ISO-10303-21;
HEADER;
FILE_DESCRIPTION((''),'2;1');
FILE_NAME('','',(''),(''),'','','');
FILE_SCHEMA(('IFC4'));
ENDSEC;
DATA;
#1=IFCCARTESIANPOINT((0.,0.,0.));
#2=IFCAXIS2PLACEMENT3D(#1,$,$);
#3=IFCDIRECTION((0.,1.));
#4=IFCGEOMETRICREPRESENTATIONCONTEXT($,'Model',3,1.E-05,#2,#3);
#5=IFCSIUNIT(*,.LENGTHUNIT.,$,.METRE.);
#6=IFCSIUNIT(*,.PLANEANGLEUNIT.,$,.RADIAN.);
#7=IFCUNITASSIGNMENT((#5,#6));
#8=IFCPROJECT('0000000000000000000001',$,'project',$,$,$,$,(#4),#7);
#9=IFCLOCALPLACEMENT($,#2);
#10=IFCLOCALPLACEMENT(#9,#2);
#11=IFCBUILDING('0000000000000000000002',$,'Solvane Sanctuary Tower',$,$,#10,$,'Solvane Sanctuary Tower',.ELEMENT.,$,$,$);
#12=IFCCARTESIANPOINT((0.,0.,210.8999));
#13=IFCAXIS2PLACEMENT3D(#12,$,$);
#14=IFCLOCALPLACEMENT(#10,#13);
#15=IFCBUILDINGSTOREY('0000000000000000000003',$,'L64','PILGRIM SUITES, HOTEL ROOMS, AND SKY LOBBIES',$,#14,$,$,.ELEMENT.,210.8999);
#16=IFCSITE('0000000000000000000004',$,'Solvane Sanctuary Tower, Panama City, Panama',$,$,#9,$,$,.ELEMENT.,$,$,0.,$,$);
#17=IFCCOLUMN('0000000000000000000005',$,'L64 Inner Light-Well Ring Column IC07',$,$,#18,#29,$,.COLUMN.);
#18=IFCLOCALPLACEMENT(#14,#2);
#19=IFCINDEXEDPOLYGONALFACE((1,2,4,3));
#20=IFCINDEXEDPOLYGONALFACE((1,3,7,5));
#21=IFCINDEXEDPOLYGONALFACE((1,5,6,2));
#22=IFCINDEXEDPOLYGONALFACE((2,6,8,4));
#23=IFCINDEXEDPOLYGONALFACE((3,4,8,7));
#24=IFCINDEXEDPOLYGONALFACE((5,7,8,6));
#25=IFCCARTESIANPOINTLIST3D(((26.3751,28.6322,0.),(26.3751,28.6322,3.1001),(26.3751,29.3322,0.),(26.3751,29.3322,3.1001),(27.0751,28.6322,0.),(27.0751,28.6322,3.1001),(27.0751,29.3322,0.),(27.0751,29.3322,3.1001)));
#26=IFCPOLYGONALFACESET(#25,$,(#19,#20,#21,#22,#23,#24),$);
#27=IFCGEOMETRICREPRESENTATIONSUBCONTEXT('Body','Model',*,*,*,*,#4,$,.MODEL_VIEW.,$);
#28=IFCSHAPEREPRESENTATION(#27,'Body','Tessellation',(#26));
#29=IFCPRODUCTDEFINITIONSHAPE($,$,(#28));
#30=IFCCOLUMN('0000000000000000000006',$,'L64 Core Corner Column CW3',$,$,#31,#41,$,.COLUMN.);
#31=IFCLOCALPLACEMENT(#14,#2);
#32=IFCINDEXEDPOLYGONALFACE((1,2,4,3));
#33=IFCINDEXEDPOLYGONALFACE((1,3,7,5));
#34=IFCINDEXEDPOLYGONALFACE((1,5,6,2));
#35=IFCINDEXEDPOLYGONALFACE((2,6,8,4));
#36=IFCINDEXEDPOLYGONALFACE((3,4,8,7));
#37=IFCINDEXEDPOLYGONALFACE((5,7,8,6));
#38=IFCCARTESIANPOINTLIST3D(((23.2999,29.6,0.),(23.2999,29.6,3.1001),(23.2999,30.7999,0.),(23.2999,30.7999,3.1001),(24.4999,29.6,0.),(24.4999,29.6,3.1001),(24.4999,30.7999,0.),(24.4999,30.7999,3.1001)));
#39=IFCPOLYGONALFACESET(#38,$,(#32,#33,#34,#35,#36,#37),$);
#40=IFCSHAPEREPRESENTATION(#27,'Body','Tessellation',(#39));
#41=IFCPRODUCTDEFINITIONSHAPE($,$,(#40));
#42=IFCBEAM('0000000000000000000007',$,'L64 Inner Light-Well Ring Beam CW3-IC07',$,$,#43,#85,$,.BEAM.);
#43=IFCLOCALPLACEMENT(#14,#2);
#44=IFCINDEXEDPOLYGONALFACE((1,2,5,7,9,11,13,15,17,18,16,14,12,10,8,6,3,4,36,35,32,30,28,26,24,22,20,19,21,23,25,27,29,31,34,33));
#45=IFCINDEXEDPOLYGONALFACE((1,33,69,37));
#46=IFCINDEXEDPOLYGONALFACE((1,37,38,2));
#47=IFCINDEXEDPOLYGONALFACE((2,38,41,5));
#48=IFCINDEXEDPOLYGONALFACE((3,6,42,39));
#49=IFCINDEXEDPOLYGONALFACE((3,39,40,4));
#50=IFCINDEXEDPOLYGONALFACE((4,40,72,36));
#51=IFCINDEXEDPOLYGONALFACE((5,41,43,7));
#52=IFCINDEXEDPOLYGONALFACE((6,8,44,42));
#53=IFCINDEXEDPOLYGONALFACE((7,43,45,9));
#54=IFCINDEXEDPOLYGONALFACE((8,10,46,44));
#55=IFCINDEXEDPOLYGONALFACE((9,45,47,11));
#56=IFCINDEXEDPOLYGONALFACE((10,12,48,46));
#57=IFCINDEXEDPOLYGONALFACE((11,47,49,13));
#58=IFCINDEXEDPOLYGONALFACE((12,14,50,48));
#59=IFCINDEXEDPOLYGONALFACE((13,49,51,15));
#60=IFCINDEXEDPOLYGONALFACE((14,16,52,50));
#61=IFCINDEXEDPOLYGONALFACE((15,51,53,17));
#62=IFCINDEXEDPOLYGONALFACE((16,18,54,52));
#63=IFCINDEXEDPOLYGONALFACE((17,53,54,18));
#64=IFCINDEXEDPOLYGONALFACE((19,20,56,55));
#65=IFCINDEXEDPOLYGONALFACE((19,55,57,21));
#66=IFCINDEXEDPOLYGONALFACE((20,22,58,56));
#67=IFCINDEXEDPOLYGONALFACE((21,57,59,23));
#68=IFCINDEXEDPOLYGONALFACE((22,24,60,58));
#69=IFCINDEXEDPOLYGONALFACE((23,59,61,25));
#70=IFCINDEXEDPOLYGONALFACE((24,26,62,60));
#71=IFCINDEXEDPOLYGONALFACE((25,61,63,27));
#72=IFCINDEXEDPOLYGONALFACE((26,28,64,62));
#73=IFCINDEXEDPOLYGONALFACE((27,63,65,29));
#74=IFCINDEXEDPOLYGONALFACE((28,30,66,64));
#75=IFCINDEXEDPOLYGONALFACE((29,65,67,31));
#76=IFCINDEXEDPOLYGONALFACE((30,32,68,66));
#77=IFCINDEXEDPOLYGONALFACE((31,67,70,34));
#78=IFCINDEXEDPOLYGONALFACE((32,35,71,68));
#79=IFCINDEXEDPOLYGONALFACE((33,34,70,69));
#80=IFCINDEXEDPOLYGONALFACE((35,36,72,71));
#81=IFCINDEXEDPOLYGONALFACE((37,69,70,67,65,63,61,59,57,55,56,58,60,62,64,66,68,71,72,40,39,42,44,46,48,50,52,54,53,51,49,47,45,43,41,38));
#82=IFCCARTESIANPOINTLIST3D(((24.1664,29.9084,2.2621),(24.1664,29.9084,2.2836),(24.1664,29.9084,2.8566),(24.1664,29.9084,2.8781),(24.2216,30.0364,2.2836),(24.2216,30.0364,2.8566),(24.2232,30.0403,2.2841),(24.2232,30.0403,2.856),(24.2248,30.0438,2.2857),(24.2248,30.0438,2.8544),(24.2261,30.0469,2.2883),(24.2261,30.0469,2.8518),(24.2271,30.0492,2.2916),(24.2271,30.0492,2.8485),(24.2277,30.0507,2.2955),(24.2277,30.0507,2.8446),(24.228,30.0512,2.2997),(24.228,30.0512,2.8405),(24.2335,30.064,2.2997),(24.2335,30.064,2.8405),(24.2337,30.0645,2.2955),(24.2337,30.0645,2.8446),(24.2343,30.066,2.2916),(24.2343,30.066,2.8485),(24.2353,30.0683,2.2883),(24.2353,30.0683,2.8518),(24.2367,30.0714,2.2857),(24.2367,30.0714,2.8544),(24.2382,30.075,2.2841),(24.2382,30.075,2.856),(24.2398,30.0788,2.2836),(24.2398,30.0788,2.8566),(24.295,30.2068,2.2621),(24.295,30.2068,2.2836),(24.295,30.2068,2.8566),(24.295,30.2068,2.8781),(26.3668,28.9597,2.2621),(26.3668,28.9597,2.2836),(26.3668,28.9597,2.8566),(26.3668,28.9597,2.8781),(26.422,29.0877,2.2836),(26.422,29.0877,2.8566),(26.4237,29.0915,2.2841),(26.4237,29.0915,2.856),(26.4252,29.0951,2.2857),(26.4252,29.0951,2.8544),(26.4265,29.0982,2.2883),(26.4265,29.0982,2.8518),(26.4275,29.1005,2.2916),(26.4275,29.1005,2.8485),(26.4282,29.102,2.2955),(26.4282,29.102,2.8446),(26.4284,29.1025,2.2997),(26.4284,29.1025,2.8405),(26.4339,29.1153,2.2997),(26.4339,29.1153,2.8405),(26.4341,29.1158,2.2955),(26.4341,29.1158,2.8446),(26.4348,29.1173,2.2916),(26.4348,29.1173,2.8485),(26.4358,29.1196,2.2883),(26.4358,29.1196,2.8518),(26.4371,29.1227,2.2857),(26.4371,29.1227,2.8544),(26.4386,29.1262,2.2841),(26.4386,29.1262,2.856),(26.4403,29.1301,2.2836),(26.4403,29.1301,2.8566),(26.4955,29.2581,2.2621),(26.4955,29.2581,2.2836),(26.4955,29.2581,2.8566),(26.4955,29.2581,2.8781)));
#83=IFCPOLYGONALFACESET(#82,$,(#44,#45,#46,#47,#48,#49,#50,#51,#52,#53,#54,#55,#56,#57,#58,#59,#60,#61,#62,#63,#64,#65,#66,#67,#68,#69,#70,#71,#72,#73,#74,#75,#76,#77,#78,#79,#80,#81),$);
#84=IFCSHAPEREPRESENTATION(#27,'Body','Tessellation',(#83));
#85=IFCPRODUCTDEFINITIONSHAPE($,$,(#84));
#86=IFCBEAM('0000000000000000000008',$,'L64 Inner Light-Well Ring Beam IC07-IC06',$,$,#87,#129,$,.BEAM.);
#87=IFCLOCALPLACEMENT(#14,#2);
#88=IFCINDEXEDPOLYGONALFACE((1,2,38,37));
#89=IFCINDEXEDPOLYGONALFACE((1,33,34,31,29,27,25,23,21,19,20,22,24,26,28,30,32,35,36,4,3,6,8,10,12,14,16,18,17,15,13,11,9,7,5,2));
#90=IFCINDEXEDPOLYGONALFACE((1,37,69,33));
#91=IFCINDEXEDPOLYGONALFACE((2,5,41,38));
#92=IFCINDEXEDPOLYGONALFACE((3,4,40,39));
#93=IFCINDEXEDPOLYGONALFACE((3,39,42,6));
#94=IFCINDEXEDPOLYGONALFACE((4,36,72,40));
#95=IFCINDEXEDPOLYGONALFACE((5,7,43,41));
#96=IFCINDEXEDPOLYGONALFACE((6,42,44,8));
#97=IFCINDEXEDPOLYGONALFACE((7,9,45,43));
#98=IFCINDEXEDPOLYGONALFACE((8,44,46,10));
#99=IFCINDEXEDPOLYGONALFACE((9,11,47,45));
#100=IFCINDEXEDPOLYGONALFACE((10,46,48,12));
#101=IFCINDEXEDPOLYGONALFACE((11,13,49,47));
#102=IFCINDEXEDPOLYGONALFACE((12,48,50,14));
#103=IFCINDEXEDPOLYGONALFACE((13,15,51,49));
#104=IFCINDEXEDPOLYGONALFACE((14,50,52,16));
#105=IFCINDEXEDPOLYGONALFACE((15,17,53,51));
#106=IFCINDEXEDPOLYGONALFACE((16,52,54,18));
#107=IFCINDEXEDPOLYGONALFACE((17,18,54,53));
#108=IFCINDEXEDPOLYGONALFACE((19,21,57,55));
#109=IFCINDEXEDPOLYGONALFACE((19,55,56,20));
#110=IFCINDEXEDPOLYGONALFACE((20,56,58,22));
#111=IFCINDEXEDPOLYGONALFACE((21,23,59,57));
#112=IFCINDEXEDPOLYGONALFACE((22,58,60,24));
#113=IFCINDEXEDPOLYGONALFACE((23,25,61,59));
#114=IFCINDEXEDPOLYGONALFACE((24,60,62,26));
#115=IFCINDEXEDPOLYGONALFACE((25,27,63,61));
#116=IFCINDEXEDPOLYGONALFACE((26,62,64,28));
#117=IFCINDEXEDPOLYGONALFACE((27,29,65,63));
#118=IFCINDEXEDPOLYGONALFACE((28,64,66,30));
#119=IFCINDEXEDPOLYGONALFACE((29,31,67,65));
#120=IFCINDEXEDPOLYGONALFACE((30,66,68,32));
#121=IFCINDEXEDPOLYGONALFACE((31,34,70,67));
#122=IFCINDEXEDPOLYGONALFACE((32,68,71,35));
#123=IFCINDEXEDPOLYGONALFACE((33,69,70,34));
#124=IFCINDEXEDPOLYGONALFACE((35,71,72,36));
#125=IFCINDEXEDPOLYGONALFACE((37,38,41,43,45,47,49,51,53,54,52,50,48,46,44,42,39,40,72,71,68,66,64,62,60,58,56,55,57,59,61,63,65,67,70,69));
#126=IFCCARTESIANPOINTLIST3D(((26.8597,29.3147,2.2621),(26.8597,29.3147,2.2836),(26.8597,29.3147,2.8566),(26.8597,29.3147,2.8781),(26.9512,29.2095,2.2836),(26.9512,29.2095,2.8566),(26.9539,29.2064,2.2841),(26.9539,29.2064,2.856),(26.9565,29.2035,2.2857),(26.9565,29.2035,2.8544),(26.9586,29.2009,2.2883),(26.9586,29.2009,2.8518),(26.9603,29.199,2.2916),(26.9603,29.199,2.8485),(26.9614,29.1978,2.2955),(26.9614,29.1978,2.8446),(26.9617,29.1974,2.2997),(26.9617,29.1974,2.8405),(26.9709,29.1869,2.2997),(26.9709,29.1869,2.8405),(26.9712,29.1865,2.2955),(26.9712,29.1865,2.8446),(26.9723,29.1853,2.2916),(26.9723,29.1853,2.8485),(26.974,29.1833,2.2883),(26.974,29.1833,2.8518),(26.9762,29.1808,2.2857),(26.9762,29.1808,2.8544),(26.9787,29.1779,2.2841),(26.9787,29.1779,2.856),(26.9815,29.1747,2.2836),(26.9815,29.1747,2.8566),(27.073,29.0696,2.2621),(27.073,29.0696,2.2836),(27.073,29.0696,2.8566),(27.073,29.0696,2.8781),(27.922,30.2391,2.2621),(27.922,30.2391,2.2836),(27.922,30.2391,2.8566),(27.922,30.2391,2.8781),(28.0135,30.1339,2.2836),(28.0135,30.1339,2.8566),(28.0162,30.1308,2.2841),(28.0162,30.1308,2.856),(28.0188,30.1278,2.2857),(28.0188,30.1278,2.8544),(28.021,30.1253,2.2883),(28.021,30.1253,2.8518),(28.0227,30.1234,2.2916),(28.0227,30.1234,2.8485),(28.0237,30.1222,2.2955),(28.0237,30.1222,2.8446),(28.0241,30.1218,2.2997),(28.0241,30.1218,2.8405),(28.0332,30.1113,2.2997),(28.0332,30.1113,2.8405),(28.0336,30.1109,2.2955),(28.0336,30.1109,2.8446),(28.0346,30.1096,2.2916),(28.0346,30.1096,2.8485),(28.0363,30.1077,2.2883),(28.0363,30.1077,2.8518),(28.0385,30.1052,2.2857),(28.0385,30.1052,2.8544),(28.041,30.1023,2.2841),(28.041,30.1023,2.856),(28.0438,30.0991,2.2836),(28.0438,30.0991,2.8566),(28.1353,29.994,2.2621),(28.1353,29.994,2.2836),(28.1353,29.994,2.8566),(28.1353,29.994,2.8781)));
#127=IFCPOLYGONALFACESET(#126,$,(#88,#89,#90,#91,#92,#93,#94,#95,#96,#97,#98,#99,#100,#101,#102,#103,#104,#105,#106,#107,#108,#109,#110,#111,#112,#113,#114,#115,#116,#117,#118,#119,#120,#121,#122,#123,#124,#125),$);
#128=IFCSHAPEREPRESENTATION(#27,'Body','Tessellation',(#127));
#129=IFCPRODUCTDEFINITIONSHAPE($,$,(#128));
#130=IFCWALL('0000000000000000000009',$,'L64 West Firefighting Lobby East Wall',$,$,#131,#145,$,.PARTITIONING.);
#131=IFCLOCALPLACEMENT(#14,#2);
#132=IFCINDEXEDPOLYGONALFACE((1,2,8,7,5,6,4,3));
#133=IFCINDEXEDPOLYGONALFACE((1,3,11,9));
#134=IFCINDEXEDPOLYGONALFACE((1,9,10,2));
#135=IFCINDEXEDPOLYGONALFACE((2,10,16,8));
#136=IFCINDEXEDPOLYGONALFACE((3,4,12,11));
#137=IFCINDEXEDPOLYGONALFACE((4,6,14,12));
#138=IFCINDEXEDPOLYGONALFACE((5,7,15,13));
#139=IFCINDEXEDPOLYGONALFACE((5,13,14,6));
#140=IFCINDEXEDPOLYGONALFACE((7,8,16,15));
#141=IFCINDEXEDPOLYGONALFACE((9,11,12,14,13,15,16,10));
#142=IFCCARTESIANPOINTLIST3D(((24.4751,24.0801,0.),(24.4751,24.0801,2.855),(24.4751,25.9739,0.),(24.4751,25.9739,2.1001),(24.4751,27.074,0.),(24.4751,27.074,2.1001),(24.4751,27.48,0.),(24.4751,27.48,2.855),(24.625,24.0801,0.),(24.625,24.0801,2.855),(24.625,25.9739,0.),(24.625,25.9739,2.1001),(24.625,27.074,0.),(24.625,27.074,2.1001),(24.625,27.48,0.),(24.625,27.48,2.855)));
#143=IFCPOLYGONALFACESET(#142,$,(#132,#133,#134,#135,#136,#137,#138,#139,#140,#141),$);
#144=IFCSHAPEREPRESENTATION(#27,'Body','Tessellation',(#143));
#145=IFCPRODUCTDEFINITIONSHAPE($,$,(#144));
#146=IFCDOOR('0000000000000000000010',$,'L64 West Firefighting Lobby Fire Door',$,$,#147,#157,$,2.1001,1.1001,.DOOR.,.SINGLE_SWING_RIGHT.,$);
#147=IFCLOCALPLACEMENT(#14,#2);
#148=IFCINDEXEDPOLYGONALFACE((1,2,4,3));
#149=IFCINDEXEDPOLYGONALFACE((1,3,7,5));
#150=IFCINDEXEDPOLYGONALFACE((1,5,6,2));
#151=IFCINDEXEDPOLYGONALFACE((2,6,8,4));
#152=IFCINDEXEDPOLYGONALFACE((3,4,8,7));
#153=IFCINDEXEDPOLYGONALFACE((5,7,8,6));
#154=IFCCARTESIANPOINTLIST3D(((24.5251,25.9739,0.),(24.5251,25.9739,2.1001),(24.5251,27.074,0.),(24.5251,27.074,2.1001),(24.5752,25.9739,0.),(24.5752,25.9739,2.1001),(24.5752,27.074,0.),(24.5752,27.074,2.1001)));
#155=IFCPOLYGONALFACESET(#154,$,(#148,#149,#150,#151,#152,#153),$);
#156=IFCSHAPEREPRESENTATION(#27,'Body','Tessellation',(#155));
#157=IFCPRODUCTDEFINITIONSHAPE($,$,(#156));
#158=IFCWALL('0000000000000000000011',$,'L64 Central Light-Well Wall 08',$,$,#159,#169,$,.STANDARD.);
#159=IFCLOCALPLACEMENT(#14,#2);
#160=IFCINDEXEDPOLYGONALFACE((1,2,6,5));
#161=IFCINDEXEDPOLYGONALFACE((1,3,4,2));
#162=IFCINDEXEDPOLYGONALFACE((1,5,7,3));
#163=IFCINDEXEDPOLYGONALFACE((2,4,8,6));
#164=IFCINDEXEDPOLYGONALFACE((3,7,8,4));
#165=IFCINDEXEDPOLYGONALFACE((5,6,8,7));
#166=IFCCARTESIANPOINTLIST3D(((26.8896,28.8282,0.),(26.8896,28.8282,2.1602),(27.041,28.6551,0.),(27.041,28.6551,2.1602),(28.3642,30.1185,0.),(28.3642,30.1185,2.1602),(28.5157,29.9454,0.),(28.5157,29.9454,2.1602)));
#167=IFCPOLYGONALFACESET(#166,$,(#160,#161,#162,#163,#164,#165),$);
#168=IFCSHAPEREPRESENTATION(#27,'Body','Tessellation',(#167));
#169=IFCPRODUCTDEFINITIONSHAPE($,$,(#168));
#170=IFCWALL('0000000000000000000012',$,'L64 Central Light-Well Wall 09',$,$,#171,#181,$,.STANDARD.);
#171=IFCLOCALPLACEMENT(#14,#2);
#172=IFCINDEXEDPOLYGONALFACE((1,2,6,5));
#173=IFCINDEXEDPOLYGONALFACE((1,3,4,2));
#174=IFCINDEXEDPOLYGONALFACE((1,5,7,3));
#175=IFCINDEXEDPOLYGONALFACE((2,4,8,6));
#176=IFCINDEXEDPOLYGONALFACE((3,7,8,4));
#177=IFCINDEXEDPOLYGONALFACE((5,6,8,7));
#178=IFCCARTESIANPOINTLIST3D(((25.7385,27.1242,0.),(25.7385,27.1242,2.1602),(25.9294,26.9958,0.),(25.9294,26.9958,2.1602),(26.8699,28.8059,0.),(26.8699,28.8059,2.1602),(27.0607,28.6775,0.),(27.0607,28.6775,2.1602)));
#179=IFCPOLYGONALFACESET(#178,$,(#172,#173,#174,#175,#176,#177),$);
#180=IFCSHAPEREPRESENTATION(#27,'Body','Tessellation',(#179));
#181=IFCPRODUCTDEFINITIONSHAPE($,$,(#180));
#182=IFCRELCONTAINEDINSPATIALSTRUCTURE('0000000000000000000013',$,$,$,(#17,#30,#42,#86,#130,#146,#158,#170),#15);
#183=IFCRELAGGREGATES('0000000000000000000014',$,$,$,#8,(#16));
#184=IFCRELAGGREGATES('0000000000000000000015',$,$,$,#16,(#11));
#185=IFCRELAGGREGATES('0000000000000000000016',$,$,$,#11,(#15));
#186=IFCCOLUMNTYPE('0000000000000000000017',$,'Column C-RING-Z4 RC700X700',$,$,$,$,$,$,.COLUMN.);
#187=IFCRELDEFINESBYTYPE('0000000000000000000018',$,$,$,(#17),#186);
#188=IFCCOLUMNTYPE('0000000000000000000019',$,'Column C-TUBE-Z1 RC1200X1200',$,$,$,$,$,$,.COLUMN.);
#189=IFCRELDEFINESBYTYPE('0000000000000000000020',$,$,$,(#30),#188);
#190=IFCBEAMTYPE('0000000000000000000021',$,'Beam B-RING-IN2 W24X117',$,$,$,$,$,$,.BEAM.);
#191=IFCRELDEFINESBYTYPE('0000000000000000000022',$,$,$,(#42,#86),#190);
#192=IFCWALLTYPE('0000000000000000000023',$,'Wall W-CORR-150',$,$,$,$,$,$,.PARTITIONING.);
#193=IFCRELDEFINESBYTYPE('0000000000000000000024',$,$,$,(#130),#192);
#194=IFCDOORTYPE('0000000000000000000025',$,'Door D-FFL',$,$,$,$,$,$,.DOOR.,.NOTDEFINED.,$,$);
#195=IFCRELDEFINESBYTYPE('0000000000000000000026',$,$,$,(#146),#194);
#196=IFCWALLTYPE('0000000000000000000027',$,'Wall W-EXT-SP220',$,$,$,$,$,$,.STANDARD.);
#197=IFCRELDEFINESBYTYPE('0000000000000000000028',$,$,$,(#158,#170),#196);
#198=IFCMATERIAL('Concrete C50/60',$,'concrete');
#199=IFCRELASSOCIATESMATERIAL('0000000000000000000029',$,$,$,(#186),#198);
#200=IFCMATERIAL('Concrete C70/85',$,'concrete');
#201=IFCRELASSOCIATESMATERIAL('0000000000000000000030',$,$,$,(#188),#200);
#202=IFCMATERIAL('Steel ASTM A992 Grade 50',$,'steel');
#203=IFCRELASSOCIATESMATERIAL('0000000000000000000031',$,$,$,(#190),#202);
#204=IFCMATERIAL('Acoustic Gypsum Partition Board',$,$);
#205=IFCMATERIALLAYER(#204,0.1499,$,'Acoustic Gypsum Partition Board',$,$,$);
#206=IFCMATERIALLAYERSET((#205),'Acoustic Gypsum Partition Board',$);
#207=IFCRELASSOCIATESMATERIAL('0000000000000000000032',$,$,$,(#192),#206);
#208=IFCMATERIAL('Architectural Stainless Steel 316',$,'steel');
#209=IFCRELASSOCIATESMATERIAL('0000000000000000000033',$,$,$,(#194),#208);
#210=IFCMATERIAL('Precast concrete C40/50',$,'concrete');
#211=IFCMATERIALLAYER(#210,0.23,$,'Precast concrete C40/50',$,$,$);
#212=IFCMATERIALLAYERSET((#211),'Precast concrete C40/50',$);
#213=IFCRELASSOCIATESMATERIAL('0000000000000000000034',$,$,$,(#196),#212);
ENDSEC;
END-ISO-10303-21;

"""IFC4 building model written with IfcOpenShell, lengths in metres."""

from ifc_helpers import new_model, si_unit, direction, frame, frame_2d, origin, origin_2d, place, context, subcontext, project, spatial, rectangle, i_section, extrude, material, layer, layer_set, material_profile, profile_set, type_object, element, fill, save


model = new_model("IFC4")

# Units and contexts
model_context = context("Model", 3, precision=1e-05, world=origin(), true_north=direction((0.0, 1.0)))
body_context = subcontext(model_context, "Body", "Model", "MODEL_VIEW")
ifc_project = project(units=[si_unit("LENGTHUNIT", "METRE"), si_unit("PLANEANGLEUNIT", "RADIAN")], contexts=[model_context])

# Site, building, storey
site_placement = place(None, origin())
site = spatial("IfcSite", under=ifc_project, at=site_placement, Name="Solvane Sanctuary Tower, Panama City, Panama", CompositionType="ELEMENT", RefElevation=0.0)
building_placement = place(site_placement, origin())
building = spatial("IfcBuilding", under=site, at=building_placement, Name="Solvane Sanctuary Tower", LongName="Solvane Sanctuary Tower", CompositionType="ELEMENT")
storey_placement = place(building_placement, frame((0.0, 0.0, 210.8999)))
storey = spatial("IfcBuildingStorey", under=building, at=storey_placement, Name="L64", Description="PILGRIM SUITES, HOTEL ROOMS, AND SKY LOBBIES", CompositionType="ELEMENT", Elevation=210.8999)

# Columns
ifc_material_1 = material(Name="Concrete C50/60", Category="concrete")
ifc_material_profile_1 = material_profile(ifc_material_1, rectangle(XDim=0.7, YDim=0.7, at=origin_2d()), Name="RC700X700")
ifc_profile_set_1 = profile_set([ifc_material_profile_1], Name="Concrete C50/60")
column_type_1 = type_object("IfcColumnType", Name="Column C-RING-Z4 RC700X700", PredefinedType="COLUMN", material=ifc_profile_set_1)
column_1_placement = place(storey_placement, frame((26.7251, 28.9822, 0.0), z_axis=(0.0, 0.0, 1.0), x_axis=(1.0, 0.0, 0.0)))
element("IfcColumn", 1, at=column_1_placement, inside=storey, type_object=column_type_1, Name="L64 Inner Light-Well Ring Column IC07", PredefinedType="COLUMN", context=body_context, shape_type="SweptSolid", body=[
    extrude(rectangle(XDim=0.7, YDim=0.7, at=origin_2d()), origin(), (0.0, 0.0, 1.0), 3.1001),
])
ifc_material_2 = material(Name="Concrete C70/85", Category="concrete")
ifc_material_profile_2 = material_profile(ifc_material_2, rectangle(XDim=1.2, YDim=1.2, at=origin_2d()), Name="RC1200X1200")
ifc_profile_set_2 = profile_set([ifc_material_profile_2], Name="Concrete C70/85")
column_type_2 = type_object("IfcColumnType", Name="Column C-TUBE-Z1 RC1200X1200", PredefinedType="COLUMN", material=ifc_profile_set_2)
column_2_placement = place(storey_placement, frame((23.8999, 30.2, 0.0), z_axis=(0.0, 0.0, 1.0), x_axis=(1.0, 0.0, 0.0)))
element("IfcColumn", 2, at=column_2_placement, inside=storey, type_object=column_type_2, Name="L64 Core Corner Column CW3", PredefinedType="COLUMN", context=body_context, shape_type="SweptSolid", body=[
    extrude(rectangle(XDim=1.2, YDim=1.2, at=origin_2d()), origin(), (0.0, 0.0, 1.0), 3.1001),
])

# Beams
ifc_material_3 = material(Name="Steel ASTM A992 Grade 50", Category="steel")
ifc_material_profile_3 = material_profile(ifc_material_3, i_section(OverallWidth=0.325, OverallDepth=0.616, WebThickness=0.0139, FlangeThickness=0.0215, FilletRadius=0.0161, at=origin_2d()), Name="W24X117")
ifc_profile_set_3 = profile_set([ifc_material_profile_3], Name="Steel ASTM A992 Grade 50")
beam_type = type_object("IfcBeamType", Name="Beam B-RING-IN2 W24X117", PredefinedType="BEAM", material=ifc_profile_set_3)
beam_1_placement = place(storey_placement, frame((24.2307, 30.0576, 2.5701), z_axis=(0.918284, -0.395923, 0.0), x_axis=(0.395923, 0.918284, 0.0)))
element("IfcBeam", 3, at=beam_1_placement, inside=storey, type_object=beam_type, Name="L64 Inner Light-Well Ring Beam CW3-IC07", PredefinedType="BEAM", context=body_context, shape_type="SweptSolid", body=[
    extrude(i_section(OverallWidth=0.325, OverallDepth=0.616, WebThickness=0.0139, FlangeThickness=0.0215, FilletRadius=0.0161, at=origin_2d()), origin(), (0.0, 0.0, 1.0), 2.3962),
])
beam_2_placement = place(storey_placement, frame((26.9663, 29.1921, 2.5701), z_axis=(0.754389, 0.656428, 0.0), x_axis=(-0.656428, 0.754389, 0.0)))
element("IfcBeam", 4, at=beam_2_placement, inside=storey, type_object=beam_type, Name="L64 Inner Light-Well Ring Beam IC07-IC06", PredefinedType="BEAM", context=body_context, shape_type="SweptSolid", body=[
    extrude(i_section(OverallWidth=0.325, OverallDepth=0.616, WebThickness=0.0139, FlangeThickness=0.0215, FilletRadius=0.0161, at=origin_2d()), origin(), (0.0, 0.0, 1.0), 1.4082),
])

# Wall, opening, door
ifc_material_4 = material(Name="Acoustic Gypsum Partition Board")
ifc_layer_1 = layer(ifc_material_4, 0.1499, Name="Acoustic Gypsum Partition Board")
ifc_layer_set_1 = layer_set([ifc_layer_1], Name="Acoustic Gypsum Partition Board")
wall_type_1 = type_object("IfcWallType", Name="Wall W-CORR-150", PredefinedType="PARTITIONING", material=ifc_layer_set_1)
wall_1_placement = place(storey_placement, frame((24.55, 24.0801, 0.0), z_axis=(0.0, 0.0, 1.0), x_axis=(0.0, 1.0, 0.0)))
wall_1 = element("IfcWall", 5, at=wall_1_placement, inside=storey, type_object=wall_type_1, Name="L64 West Firefighting Lobby East Wall", PredefinedType="PARTITIONING", context=body_context, shape_type="SweptSolid", body=[
    extrude(rectangle(XDim=3.3999, YDim=0.1499, at=frame_2d((1.7, 0.0))), origin(), (0.0, 0.0, 1.0), 2.855),
])
opening_1_placement = place(wall_1_placement, frame((1.8938, 0.0, 0.0)))
opening_1 = element("IfcOpeningElement", 6, at=opening_1_placement, cuts=wall_1, PredefinedType="OPENING", context=body_context, shape_type="SweptSolid", body=[
    extrude(rectangle(XDim=1.1001, YDim=2.1001, at=frame_2d((0.55, 1.05))), frame((0.0, 0.085, 0.0), z_axis=(0.0, -1.0, 0.0), x_axis=(1.0, 0.0, 0.0)), (0.0, 0.0, 1.0), 0.1699),
])
ifc_material_5 = material(Name="Architectural Stainless Steel 316", Category="steel")
door_type_1 = type_object("IfcDoorType", Name="Door D-FFL", OperationType="NOTDEFINED", PredefinedType="DOOR", material=ifc_material_5)
door_1_placement = place(opening_1_placement, origin())
door_1 = element("IfcDoor", 7, at=door_1_placement, inside=storey, type_object=door_type_1, Name="L64 West Firefighting Lobby Fire Door", OperationType="SINGLE_SWING_RIGHT", OverallHeight=2.1001, OverallWidth=1.1001, PredefinedType="DOOR", context=body_context, shape_type="SweptSolid", body=[
    extrude(rectangle(XDim=1.1001, YDim=2.1001, at=frame_2d((0.55, 1.05))), frame((0.0, 0.0249, 0.0), z_axis=(0.0, -1.0, 0.0), x_axis=(1.0, 0.0, 0.0)), (0.0, 0.0, 1.0), 0.05),
])
fill(opening_1, door_1)

# Walls
ifc_material_6 = material(Name="Precast concrete C40/50", Category="concrete")
ifc_layer_2 = layer(ifc_material_6, 0.23, Name="Precast concrete C40/50")
ifc_layer_set_2 = layer_set([ifc_layer_2], Name="Precast concrete C40/50")
wall_type_2 = type_object("IfcWallType", Name="Wall W-EXT-SP220", PredefinedType="STANDARD", material=ifc_layer_set_2)
wall_2_placement = place(storey_placement, frame((28.4399, 30.032, 0.0), z_axis=(0.0, 0.0, 1.0), x_axis=(-0.752577, -0.658505, 0.0)))
element("IfcWall", 8, at=wall_2_placement, inside=storey, type_object=wall_type_2, Name="L64 Central Light-Well Wall 08", PredefinedType="STANDARD", context=body_context, shape_type="SweptSolid", body=[
    extrude(rectangle(XDim=1.9595, YDim=0.23, at=frame_2d((0.9797, 0.0))), origin(), (0.0, 0.0, 1.0), 2.1602),
])
wall_3_placement = place(storey_placement, frame((26.9653, 28.7417, 0.0), z_axis=(0.0, 0.0, 1.0), x_axis=(-0.558198, -0.829708, 0.0)))
element("IfcWall", 9, at=wall_3_placement, inside=storey, type_object=wall_type_2, Name="L64 Central Light-Well Wall 09", PredefinedType="STANDARD", context=body_context, shape_type="SweptSolid", body=[
    extrude(rectangle(XDim=2.0269, YDim=0.23, at=frame_2d((1.0134, 0.0))), origin(), (0.0, 0.0, 1.0), 2.1602),
])

save(model, "model.ifc")
